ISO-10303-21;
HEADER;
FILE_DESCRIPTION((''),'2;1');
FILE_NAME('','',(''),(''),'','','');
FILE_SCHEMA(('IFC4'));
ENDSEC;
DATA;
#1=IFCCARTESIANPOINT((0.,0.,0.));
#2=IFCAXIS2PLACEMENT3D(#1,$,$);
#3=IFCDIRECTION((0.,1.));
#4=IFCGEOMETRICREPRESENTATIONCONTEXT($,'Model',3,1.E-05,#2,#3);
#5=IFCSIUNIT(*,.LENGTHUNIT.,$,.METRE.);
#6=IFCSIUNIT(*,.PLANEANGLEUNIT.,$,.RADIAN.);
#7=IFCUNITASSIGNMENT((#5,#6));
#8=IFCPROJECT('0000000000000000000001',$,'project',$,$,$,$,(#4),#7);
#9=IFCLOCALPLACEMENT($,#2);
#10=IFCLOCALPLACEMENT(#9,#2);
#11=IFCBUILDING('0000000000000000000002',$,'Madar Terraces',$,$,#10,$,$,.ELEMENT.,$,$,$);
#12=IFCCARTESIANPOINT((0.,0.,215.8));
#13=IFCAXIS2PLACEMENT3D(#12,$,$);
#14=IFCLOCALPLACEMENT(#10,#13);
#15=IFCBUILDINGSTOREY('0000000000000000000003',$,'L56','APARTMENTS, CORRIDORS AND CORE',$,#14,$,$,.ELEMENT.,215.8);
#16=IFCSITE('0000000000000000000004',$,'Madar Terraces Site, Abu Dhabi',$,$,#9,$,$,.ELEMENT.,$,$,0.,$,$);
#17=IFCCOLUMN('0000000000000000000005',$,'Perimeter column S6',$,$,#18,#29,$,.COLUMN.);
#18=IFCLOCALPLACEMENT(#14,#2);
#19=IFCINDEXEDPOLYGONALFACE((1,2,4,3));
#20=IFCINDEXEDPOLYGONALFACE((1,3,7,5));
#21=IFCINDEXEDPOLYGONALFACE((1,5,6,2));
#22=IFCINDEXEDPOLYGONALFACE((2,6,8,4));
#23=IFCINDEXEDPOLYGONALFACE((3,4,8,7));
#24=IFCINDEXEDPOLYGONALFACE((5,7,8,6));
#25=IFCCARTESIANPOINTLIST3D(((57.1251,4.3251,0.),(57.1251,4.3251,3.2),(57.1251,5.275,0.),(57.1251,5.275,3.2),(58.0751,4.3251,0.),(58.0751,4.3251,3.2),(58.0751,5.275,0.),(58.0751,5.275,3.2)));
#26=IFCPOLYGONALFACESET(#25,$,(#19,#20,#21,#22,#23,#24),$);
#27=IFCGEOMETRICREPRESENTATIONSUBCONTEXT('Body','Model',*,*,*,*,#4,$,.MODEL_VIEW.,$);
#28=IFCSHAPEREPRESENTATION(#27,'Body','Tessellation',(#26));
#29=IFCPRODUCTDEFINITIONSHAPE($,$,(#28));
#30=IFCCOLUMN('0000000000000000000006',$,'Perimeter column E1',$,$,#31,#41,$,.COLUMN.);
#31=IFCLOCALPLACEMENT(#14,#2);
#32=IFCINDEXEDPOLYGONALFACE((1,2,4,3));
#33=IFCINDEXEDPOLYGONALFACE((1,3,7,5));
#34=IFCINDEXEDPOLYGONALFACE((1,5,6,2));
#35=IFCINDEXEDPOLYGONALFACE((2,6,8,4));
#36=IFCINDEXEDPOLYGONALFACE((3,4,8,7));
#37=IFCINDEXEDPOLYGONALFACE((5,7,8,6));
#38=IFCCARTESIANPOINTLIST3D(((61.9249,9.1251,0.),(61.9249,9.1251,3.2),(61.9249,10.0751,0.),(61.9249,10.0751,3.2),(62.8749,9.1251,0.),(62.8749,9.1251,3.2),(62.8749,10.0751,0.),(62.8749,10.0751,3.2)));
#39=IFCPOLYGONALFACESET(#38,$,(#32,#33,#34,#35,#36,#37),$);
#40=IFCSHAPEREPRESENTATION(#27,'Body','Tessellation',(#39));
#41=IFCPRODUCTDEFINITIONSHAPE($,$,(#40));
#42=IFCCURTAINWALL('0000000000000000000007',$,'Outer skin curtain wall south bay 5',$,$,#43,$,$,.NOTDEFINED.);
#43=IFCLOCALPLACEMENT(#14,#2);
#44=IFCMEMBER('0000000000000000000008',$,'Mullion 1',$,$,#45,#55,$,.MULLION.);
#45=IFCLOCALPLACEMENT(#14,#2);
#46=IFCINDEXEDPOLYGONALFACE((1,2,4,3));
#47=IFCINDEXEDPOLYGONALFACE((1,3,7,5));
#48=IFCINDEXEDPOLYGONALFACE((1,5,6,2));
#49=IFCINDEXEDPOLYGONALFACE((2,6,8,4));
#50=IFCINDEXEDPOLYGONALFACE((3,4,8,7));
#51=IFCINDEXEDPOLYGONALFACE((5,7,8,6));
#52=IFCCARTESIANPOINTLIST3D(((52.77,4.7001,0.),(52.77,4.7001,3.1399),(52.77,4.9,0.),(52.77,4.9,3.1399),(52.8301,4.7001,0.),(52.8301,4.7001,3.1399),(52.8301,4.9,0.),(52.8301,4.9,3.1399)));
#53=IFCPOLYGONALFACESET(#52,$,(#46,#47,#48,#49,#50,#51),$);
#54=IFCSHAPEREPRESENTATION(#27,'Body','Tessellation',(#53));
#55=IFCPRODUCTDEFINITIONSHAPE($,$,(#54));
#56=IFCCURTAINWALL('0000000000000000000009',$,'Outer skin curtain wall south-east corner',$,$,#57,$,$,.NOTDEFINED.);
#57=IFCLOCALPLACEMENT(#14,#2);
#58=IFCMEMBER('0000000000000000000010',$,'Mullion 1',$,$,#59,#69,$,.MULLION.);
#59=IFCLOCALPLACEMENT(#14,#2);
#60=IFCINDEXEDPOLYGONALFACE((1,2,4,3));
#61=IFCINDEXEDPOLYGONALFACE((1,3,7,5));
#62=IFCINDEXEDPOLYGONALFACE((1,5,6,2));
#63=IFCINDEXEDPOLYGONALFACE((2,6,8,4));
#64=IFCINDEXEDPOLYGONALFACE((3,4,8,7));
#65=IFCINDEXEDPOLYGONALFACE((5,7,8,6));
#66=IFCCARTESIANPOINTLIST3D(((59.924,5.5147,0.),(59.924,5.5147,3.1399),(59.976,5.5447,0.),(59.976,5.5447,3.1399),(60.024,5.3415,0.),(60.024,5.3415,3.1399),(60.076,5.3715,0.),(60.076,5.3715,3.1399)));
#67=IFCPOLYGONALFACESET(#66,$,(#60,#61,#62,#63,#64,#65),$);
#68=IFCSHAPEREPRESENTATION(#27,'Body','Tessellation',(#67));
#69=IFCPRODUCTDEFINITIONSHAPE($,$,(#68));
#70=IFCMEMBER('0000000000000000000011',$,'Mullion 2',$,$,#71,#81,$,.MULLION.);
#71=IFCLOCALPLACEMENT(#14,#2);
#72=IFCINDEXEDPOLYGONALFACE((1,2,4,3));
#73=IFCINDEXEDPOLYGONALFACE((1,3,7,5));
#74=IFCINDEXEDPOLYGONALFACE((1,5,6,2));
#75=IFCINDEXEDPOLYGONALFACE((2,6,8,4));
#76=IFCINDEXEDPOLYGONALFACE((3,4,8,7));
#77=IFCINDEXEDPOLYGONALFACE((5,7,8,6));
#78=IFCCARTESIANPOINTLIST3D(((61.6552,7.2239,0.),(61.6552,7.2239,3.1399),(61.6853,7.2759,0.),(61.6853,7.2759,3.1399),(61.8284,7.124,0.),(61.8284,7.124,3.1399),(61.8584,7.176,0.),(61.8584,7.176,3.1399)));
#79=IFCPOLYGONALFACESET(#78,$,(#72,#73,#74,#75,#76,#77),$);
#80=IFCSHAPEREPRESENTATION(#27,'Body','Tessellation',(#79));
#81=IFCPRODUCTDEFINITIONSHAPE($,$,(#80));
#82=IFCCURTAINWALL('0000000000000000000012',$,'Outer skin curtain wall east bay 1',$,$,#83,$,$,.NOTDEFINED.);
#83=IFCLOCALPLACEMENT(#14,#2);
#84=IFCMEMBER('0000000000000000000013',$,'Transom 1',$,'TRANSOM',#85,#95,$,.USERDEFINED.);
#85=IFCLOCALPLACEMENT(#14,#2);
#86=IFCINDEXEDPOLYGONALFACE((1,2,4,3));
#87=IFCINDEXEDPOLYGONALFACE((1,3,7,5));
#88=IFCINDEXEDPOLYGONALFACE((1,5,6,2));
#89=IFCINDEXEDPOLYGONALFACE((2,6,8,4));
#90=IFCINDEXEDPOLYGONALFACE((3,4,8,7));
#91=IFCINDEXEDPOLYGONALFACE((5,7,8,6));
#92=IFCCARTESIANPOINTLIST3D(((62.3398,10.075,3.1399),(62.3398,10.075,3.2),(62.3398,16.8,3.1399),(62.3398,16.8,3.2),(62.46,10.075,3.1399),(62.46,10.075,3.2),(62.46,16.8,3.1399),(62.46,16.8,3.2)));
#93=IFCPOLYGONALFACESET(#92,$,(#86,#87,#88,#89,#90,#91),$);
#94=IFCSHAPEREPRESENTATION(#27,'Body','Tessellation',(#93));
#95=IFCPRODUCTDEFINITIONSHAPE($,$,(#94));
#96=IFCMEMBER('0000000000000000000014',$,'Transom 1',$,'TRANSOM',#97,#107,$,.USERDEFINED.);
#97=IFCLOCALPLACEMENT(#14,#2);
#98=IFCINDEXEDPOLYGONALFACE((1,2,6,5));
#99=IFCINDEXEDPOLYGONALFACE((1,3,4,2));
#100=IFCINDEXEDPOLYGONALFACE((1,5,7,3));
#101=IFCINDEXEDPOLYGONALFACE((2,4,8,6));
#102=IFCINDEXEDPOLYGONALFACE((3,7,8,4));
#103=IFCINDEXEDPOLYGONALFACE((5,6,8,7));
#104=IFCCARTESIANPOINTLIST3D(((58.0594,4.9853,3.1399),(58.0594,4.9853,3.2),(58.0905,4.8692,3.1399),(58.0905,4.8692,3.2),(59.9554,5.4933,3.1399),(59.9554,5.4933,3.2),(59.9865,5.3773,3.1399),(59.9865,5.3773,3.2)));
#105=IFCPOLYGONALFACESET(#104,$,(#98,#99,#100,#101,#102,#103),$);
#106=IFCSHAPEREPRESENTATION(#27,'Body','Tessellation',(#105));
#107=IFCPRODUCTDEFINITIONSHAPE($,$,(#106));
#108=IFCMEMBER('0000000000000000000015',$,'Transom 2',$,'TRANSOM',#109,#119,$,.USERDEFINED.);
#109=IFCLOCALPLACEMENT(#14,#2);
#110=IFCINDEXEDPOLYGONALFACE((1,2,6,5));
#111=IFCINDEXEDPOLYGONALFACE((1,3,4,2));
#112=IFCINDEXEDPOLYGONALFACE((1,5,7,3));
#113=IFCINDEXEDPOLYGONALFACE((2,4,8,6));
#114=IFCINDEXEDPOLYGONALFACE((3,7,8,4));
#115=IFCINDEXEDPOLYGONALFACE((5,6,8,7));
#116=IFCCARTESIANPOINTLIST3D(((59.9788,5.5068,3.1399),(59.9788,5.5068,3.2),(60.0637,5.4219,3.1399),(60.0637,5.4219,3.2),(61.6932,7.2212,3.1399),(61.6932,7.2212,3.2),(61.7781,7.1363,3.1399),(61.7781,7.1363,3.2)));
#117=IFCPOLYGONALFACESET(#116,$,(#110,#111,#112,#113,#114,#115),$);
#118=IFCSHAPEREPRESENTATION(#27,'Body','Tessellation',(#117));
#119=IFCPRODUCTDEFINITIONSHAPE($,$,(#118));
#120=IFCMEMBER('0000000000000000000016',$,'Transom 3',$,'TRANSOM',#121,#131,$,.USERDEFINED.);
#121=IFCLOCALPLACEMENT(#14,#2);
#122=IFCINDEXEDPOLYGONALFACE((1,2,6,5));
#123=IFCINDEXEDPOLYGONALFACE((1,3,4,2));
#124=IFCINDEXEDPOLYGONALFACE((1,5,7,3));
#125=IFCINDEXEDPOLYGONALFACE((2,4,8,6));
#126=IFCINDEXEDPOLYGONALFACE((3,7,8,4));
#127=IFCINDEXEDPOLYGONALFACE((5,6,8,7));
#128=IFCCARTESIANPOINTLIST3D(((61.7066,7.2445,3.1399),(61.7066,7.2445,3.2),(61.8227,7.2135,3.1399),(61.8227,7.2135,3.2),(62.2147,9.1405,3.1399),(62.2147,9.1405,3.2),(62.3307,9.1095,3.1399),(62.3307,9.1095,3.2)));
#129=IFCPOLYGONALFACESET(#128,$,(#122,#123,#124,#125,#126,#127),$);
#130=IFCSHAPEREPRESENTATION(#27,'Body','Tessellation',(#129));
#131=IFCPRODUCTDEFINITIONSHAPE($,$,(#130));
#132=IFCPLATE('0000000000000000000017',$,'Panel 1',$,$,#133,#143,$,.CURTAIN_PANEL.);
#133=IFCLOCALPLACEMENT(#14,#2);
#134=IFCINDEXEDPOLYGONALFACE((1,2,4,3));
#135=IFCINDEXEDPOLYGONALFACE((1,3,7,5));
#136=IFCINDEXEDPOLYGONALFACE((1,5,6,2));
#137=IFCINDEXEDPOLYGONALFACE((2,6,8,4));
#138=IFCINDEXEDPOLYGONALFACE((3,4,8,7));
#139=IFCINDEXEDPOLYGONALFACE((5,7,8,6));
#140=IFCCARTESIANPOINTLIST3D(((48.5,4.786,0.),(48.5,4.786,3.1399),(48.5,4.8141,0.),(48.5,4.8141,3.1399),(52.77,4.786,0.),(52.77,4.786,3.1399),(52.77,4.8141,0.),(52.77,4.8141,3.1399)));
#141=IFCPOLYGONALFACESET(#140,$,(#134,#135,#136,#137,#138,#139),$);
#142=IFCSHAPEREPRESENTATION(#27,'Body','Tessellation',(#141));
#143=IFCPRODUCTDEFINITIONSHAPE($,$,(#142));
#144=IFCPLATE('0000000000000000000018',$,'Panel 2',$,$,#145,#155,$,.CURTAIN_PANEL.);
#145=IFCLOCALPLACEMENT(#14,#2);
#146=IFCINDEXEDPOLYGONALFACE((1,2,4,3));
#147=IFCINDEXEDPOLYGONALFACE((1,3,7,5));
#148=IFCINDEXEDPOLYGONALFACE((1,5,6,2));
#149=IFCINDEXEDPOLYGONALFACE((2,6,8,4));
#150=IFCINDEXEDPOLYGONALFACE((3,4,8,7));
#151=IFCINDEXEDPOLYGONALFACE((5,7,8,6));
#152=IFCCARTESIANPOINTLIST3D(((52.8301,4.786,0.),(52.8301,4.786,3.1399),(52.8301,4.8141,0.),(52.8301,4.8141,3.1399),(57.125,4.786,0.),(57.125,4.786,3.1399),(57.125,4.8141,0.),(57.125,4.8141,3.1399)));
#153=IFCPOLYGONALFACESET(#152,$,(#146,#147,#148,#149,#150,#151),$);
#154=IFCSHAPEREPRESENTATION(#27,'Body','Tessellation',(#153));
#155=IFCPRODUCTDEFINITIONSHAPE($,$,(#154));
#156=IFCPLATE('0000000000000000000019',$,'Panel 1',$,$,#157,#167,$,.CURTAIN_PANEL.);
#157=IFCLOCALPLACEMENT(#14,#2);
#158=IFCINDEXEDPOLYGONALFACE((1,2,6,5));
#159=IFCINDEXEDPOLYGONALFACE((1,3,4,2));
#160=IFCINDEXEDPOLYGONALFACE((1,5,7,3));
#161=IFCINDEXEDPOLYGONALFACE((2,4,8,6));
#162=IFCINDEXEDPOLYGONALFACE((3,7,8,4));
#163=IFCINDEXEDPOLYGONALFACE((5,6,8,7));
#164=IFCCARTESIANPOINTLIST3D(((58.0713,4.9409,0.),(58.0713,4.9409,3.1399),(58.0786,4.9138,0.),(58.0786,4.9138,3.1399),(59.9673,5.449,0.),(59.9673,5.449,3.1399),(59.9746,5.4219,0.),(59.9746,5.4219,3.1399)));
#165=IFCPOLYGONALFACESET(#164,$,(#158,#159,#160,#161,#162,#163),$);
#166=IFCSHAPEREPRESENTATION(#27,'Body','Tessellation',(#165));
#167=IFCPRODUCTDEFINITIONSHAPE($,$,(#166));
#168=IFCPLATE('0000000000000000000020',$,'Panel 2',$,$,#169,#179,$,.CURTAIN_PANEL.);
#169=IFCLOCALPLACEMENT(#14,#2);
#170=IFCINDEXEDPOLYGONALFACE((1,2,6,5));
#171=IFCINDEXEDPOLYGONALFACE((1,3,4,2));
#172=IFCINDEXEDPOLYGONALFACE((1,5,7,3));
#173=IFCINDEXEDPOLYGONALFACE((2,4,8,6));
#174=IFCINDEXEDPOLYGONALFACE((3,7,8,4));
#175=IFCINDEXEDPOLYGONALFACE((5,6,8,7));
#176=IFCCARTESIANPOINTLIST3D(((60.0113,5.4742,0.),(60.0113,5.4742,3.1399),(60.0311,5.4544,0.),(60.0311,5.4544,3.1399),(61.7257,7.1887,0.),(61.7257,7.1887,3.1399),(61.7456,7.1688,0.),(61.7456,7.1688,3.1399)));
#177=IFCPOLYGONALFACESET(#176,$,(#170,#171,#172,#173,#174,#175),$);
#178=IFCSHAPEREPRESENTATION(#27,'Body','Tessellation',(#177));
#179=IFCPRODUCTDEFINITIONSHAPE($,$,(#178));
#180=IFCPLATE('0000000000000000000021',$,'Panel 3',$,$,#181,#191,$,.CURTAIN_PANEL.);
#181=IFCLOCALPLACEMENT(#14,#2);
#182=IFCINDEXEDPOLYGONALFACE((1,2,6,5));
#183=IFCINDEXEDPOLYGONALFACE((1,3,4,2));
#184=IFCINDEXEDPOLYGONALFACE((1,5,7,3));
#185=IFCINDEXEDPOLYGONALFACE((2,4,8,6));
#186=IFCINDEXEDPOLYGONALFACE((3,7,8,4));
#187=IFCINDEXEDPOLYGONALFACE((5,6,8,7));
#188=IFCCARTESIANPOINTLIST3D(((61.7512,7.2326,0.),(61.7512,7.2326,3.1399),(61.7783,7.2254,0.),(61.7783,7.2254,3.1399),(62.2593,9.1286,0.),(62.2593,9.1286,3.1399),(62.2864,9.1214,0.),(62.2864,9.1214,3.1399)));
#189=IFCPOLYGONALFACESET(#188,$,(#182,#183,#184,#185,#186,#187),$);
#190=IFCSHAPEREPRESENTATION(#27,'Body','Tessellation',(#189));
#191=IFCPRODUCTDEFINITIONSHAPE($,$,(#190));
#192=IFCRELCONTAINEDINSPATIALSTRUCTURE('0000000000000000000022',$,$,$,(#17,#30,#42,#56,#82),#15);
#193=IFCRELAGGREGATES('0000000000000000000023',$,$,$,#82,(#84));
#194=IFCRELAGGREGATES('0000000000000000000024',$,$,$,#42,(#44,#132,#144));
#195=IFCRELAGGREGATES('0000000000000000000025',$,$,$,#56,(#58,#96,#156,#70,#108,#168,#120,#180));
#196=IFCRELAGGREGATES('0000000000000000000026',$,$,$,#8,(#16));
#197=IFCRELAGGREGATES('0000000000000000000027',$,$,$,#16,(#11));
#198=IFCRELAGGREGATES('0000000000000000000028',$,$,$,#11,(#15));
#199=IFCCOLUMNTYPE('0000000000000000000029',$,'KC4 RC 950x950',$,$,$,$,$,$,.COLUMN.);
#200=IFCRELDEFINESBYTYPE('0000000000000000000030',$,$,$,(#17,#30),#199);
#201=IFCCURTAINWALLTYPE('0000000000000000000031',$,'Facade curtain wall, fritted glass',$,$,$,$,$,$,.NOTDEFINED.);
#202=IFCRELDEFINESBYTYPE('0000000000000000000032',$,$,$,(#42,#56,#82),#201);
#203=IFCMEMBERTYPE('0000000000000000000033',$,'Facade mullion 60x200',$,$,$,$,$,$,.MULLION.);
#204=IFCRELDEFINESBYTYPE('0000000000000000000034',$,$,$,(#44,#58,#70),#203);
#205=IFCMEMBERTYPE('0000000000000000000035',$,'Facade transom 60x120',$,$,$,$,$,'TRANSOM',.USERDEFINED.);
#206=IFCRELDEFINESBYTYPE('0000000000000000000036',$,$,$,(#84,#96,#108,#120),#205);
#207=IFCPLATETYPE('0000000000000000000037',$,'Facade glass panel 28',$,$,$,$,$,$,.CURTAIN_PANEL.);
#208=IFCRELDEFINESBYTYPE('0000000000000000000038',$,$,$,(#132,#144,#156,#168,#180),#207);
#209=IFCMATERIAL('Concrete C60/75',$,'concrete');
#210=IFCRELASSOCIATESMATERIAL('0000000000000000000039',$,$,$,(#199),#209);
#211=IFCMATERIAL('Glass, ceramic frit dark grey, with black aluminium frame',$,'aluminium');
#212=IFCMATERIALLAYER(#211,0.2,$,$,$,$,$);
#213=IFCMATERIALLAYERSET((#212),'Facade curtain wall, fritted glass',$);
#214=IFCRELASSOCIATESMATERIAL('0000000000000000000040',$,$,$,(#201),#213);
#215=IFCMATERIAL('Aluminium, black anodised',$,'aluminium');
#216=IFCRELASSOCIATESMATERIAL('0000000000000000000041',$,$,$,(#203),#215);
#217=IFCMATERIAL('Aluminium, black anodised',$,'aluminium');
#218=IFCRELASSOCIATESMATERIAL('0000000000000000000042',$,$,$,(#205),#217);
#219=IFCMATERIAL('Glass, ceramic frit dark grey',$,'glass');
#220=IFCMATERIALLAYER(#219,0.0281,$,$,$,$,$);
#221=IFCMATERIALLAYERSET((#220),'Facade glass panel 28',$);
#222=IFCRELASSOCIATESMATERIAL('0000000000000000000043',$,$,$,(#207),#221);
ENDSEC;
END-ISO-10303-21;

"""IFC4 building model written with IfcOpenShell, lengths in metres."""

from ifc_helpers import new_model, si_unit, direction, frame, origin, origin_2d, place, context, subcontext, project, spatial, rectangle, extrude, material, layer, layer_set, material_profile, profile_set, type_object, element, aggregate, save


model = new_model("IFC4")

# Units and contexts
model_context = context("Model", 3, precision=1e-05, world=origin(), true_north=direction((0.0, 1.0)))
body_context = subcontext(model_context, "Body", "Model", "MODEL_VIEW")
ifc_project = project(units=[si_unit("LENGTHUNIT", "METRE"), si_unit("PLANEANGLEUNIT", "RADIAN")], contexts=[model_context])

# Site, building, storey
site_placement = place(None, origin())
site = spatial("IfcSite", under=ifc_project, at=site_placement, Name="Madar Terraces Site, Abu Dhabi", CompositionType="ELEMENT", RefElevation=0.0)
building_placement = place(site_placement, origin())
building = spatial("IfcBuilding", under=site, at=building_placement, Name="Madar Terraces", CompositionType="ELEMENT")
storey_placement = place(building_placement, frame((0.0, 0.0, 215.8)))
storey = spatial("IfcBuildingStorey", under=building, at=storey_placement, Name="L56", Description="APARTMENTS, CORRIDORS AND CORE", CompositionType="ELEMENT", Elevation=215.8)

# Columns
ifc_material_1 = material(Name="Concrete C60/75", Category="concrete")
ifc_material_profile_1 = material_profile(ifc_material_1, rectangle(XDim=0.95, YDim=0.95, at=origin_2d()), Name="KC4 RC 950x950")
ifc_profile_set_1 = profile_set([ifc_material_profile_1], Name="Concrete C60/75")
column_type = type_object("IfcColumnType", Name="KC4 RC 950x950", PredefinedType="COLUMN", material=ifc_profile_set_1)
for number, where, z_axis, x_axis, name in (
    (1, (57.6001, 4.8, 0.0), (0.0, 0.0, 1.0), (1.0, 0.0, 0.0), "Perimeter column S6"),
    (2, (62.3999, 9.6001, 0.0), (0.0, 0.0, 1.0), (1.0, 0.0, 0.0), "Perimeter column E1"),
):
    element("IfcColumn", number, at=place(storey_placement, frame(where, z_axis=z_axis, x_axis=x_axis)), inside=storey, type_object=column_type, Name=name, PredefinedType="COLUMN", context=body_context, shape_type="SweptSolid", body=[
        extrude(rectangle(XDim=0.95, YDim=0.95, at=origin_2d()), origin(), (0.0, 0.0, 1.0), 3.2),
    ])

# Curtain wall, member
ifc_material_2 = material(Name="Glass, ceramic frit dark grey, with black aluminium frame", Category="aluminium")
ifc_layer_1 = layer(ifc_material_2, 0.2)
ifc_layer_set_1 = layer_set([ifc_layer_1], Name="Facade curtain wall, fritted glass")
curtain_wall_type = type_object("IfcCurtainWallType", Name="Facade curtain wall, fritted glass", PredefinedType="NOTDEFINED", material=ifc_layer_set_1)
curtain_wall_1_placement = place(storey_placement, origin())
curtain_wall_1 = element("IfcCurtainWall", 3, at=curtain_wall_1_placement, inside=storey, type_object=curtain_wall_type, Name="Outer skin curtain wall south bay 5", PredefinedType="NOTDEFINED")
ifc_material_3 = material(Name="Aluminium, black anodised", Category="aluminium")
ifc_material_profile_2 = material_profile(ifc_material_3, rectangle(XDim=0.2, YDim=0.0601, at=origin_2d()), Name="Facade mullion 60x200")
ifc_profile_set_2 = profile_set([ifc_material_profile_2], Name="Aluminium, black anodised")
member_type_1 = type_object("IfcMemberType", Name="Facade mullion 60x200", PredefinedType="MULLION", material=ifc_profile_set_2)
member_1_placement = place(storey_placement, frame((52.8, 4.8, 0.0), z_axis=(0.0, 0.0, 1.0), x_axis=(0.0, 1.0, 0.0)))
member_1 = element("IfcMember", 4, at=member_1_placement, type_object=member_type_1, Name="Mullion 1", PredefinedType="MULLION", context=body_context, shape_type="SweptSolid", body=[
    extrude(rectangle(XDim=0.2, YDim=0.0601, at=origin_2d()), origin(), (0.0, 0.0, 1.0), 3.1399),
])

# Curtain wall, members
curtain_wall_2_placement = place(storey_placement, origin())
curtain_wall_2 = element("IfcCurtainWall", 5, at=curtain_wall_2_placement, inside=storey, type_object=curtain_wall_type, Name="Outer skin curtain wall south-east corner", PredefinedType="NOTDEFINED")
member_2_placement = place(storey_placement, frame((60.0, 5.4431, 0.0), z_axis=(0.0, 0.0, 1.0), x_axis=(-0.5, 0.866025, 0.0)))
member_2 = element("IfcMember", 6, at=member_2_placement, type_object=member_type_1, Name="Mullion 1", PredefinedType="MULLION", context=body_context, shape_type="SweptSolid", body=[
    extrude(rectangle(XDim=0.2, YDim=0.0601, at=origin_2d()), origin(), (0.0, 0.0, 1.0), 3.1399),
])
member_3_placement = place(storey_placement, frame((61.7568, 7.2, 0.0), z_axis=(0.0, 0.0, 1.0), x_axis=(-0.866025, 0.5, 0.0)))
member_3 = element("IfcMember", 7, at=member_3_placement, type_object=member_type_1, Name="Mullion 2", PredefinedType="MULLION", context=body_context, shape_type="SweptSolid", body=[
    extrude(rectangle(XDim=0.2, YDim=0.0601, at=origin_2d()), origin(), (0.0, 0.0, 1.0), 3.1399),
])

# Curtain wall, member
curtain_wall_3_placement = place(storey_placement, origin())
curtain_wall_3 = element("IfcCurtainWall", 8, at=curtain_wall_3_placement, inside=storey, type_object=curtain_wall_type, Name="Outer skin curtain wall east bay 1", PredefinedType="NOTDEFINED")
ifc_material_4 = material(Name="Aluminium, black anodised", Category="aluminium")
ifc_material_profile_3 = material_profile(ifc_material_4, rectangle(XDim=0.1201, YDim=0.0601, at=origin_2d()), Name="Facade transom 60x120")
ifc_profile_set_3 = profile_set([ifc_material_profile_3], Name="Aluminium, black anodised")
member_type_2 = type_object("IfcMemberType", Name="Facade transom 60x120", ElementType="TRANSOM", PredefinedType="USERDEFINED", material=ifc_profile_set_3)
member_4_placement = place(storey_placement, frame((62.3999, 10.075, 3.1699), z_axis=(0.0, 1.0, 0.0), x_axis=(-1.0, 0.0, 0.0)))
member_4 = element("IfcMember", 9, at=member_4_placement, type_object=member_type_2, Name="Transom 1", ObjectType="TRANSOM", PredefinedType="USERDEFINED", context=body_context, shape_type="SweptSolid", body=[
    extrude(rectangle(XDim=0.1201, YDim=0.0601, at=origin_2d()), origin(), (0.0, 0.0, 1.0), 6.7251),
])
aggregate(curtain_wall_3, [member_4])

# Members
member_5_placement = place(storey_placement, frame((58.075, 4.9272, 3.1699), z_axis=(0.965923, 0.258831, 0.0), x_axis=(-0.258831, 0.965923, 0.0)))
member_5 = element("IfcMember", 10, at=member_5_placement, type_object=member_type_2, Name="Transom 1", ObjectType="TRANSOM", PredefinedType="USERDEFINED", context=body_context, shape_type="SweptSolid", body=[
    extrude(rectangle(XDim=0.1201, YDim=0.0601, at=origin_2d()), origin(), (0.0, 0.0, 1.0), 1.9629),
])
member_6_placement = place(storey_placement, frame((60.0212, 5.4644, 3.1699), z_axis=(0.707107, 0.707107, 0.0), x_axis=(-0.707107, 0.707107, 0.0)))
member_6 = element("IfcMember", 11, at=member_6_placement, type_object=member_type_2, Name="Transom 2", ObjectType="TRANSOM", PredefinedType="USERDEFINED", context=body_context, shape_type="SweptSolid", body=[
    extrude(rectangle(XDim=0.1201, YDim=0.0601, at=origin_2d()), origin(), (0.0, 0.0, 1.0), 2.4246),
])
member_7_placement = place(storey_placement, frame((61.7646, 7.229, 3.1699), z_axis=(0.258831, 0.965923, 0.0), x_axis=(-0.965923, 0.258831, 0.0)))
member_7 = element("IfcMember", 12, at=member_7_placement, type_object=member_type_2, Name="Transom 3", ObjectType="TRANSOM", PredefinedType="USERDEFINED", context=body_context, shape_type="SweptSolid", body=[
    extrude(rectangle(XDim=0.1201, YDim=0.0601, at=origin_2d()), origin(), (0.0, 0.0, 1.0), 1.9629),
])

# Plates
ifc_material_5 = material(Name="Glass, ceramic frit dark grey", Category="glass")
ifc_layer_2 = layer(ifc_material_5, 0.0281)
ifc_layer_set_2 = layer_set([ifc_layer_2], Name="Facade glass panel 28")
plate_type = type_object("IfcPlateType", Name="Facade glass panel 28", PredefinedType="CURTAIN_PANEL", material=ifc_layer_set_2)
plate_1_placement = place(storey_placement, frame((50.635, 4.8, 0.0), z_axis=(0.0, 0.0, 1.0), x_axis=(1.0, 0.0, 0.0)))
plate_1 = element("IfcPlate", 13, at=plate_1_placement, type_object=plate_type, Name="Panel 1", PredefinedType="CURTAIN_PANEL", context=body_context, shape_type="SweptSolid", body=[
    extrude(rectangle(XDim=4.27, YDim=0.0281, at=origin_2d()), origin(), (0.0, 0.0, 1.0), 3.1399),
])
plate_2_placement = place(storey_placement, frame((54.9775, 4.8, 0.0), z_axis=(0.0, 0.0, 1.0), x_axis=(1.0, 0.0, 0.0)))
plate_2 = element("IfcPlate", 14, at=plate_2_placement, type_object=plate_type, Name="Panel 2", PredefinedType="CURTAIN_PANEL", context=body_context, shape_type="SweptSolid", body=[
    extrude(rectangle(XDim=4.2949, YDim=0.0281, at=origin_2d()), origin(), (0.0, 0.0, 1.0), 3.1399),
])
aggregate(curtain_wall_1, [member_1, plate_1, plate_2])
plate_3_placement = place(storey_placement, frame((59.0229, 5.1814, 0.0), z_axis=(0.0, 0.0, 1.0), x_axis=(0.965926, 0.258819, 0.0)))
plate_3 = element("IfcPlate", 15, at=plate_3_placement, type_object=plate_type, Name="Panel 1", PredefinedType="CURTAIN_PANEL", context=body_context, shape_type="SweptSolid", body=[
    extrude(rectangle(XDim=1.9629, YDim=0.0281, at=origin_2d()), origin(), (0.0, 0.0, 1.0), 3.1399),
])
plate_4_placement = place(storey_placement, frame((60.8784, 6.3215, 0.0), z_axis=(0.0, 0.0, 1.0), x_axis=(0.707107, 0.707107, 0.0)))
plate_4 = element("IfcPlate", 16, at=plate_4_placement, type_object=plate_type, Name="Panel 2", PredefinedType="CURTAIN_PANEL", context=body_context, shape_type="SweptSolid", body=[
    extrude(rectangle(XDim=2.4246, YDim=0.0281, at=origin_2d()), origin(), (0.0, 0.0, 1.0), 3.1399),
])
plate_5_placement = place(storey_placement, frame((62.0188, 8.177, 0.0), z_axis=(0.0, 0.0, 1.0), x_axis=(0.258819, 0.965926, 0.0)))
plate_5 = element("IfcPlate", 17, at=plate_5_placement, type_object=plate_type, Name="Panel 3", PredefinedType="CURTAIN_PANEL", context=body_context, shape_type="SweptSolid", body=[
    extrude(rectangle(XDim=1.9629, YDim=0.0281, at=origin_2d()), origin(), (0.0, 0.0, 1.0), 3.1399),
])
aggregate(curtain_wall_2, [member_2, member_5, plate_3, member_3, member_6, plate_4, member_7, plate_5])

save(model, "model.ifc")
